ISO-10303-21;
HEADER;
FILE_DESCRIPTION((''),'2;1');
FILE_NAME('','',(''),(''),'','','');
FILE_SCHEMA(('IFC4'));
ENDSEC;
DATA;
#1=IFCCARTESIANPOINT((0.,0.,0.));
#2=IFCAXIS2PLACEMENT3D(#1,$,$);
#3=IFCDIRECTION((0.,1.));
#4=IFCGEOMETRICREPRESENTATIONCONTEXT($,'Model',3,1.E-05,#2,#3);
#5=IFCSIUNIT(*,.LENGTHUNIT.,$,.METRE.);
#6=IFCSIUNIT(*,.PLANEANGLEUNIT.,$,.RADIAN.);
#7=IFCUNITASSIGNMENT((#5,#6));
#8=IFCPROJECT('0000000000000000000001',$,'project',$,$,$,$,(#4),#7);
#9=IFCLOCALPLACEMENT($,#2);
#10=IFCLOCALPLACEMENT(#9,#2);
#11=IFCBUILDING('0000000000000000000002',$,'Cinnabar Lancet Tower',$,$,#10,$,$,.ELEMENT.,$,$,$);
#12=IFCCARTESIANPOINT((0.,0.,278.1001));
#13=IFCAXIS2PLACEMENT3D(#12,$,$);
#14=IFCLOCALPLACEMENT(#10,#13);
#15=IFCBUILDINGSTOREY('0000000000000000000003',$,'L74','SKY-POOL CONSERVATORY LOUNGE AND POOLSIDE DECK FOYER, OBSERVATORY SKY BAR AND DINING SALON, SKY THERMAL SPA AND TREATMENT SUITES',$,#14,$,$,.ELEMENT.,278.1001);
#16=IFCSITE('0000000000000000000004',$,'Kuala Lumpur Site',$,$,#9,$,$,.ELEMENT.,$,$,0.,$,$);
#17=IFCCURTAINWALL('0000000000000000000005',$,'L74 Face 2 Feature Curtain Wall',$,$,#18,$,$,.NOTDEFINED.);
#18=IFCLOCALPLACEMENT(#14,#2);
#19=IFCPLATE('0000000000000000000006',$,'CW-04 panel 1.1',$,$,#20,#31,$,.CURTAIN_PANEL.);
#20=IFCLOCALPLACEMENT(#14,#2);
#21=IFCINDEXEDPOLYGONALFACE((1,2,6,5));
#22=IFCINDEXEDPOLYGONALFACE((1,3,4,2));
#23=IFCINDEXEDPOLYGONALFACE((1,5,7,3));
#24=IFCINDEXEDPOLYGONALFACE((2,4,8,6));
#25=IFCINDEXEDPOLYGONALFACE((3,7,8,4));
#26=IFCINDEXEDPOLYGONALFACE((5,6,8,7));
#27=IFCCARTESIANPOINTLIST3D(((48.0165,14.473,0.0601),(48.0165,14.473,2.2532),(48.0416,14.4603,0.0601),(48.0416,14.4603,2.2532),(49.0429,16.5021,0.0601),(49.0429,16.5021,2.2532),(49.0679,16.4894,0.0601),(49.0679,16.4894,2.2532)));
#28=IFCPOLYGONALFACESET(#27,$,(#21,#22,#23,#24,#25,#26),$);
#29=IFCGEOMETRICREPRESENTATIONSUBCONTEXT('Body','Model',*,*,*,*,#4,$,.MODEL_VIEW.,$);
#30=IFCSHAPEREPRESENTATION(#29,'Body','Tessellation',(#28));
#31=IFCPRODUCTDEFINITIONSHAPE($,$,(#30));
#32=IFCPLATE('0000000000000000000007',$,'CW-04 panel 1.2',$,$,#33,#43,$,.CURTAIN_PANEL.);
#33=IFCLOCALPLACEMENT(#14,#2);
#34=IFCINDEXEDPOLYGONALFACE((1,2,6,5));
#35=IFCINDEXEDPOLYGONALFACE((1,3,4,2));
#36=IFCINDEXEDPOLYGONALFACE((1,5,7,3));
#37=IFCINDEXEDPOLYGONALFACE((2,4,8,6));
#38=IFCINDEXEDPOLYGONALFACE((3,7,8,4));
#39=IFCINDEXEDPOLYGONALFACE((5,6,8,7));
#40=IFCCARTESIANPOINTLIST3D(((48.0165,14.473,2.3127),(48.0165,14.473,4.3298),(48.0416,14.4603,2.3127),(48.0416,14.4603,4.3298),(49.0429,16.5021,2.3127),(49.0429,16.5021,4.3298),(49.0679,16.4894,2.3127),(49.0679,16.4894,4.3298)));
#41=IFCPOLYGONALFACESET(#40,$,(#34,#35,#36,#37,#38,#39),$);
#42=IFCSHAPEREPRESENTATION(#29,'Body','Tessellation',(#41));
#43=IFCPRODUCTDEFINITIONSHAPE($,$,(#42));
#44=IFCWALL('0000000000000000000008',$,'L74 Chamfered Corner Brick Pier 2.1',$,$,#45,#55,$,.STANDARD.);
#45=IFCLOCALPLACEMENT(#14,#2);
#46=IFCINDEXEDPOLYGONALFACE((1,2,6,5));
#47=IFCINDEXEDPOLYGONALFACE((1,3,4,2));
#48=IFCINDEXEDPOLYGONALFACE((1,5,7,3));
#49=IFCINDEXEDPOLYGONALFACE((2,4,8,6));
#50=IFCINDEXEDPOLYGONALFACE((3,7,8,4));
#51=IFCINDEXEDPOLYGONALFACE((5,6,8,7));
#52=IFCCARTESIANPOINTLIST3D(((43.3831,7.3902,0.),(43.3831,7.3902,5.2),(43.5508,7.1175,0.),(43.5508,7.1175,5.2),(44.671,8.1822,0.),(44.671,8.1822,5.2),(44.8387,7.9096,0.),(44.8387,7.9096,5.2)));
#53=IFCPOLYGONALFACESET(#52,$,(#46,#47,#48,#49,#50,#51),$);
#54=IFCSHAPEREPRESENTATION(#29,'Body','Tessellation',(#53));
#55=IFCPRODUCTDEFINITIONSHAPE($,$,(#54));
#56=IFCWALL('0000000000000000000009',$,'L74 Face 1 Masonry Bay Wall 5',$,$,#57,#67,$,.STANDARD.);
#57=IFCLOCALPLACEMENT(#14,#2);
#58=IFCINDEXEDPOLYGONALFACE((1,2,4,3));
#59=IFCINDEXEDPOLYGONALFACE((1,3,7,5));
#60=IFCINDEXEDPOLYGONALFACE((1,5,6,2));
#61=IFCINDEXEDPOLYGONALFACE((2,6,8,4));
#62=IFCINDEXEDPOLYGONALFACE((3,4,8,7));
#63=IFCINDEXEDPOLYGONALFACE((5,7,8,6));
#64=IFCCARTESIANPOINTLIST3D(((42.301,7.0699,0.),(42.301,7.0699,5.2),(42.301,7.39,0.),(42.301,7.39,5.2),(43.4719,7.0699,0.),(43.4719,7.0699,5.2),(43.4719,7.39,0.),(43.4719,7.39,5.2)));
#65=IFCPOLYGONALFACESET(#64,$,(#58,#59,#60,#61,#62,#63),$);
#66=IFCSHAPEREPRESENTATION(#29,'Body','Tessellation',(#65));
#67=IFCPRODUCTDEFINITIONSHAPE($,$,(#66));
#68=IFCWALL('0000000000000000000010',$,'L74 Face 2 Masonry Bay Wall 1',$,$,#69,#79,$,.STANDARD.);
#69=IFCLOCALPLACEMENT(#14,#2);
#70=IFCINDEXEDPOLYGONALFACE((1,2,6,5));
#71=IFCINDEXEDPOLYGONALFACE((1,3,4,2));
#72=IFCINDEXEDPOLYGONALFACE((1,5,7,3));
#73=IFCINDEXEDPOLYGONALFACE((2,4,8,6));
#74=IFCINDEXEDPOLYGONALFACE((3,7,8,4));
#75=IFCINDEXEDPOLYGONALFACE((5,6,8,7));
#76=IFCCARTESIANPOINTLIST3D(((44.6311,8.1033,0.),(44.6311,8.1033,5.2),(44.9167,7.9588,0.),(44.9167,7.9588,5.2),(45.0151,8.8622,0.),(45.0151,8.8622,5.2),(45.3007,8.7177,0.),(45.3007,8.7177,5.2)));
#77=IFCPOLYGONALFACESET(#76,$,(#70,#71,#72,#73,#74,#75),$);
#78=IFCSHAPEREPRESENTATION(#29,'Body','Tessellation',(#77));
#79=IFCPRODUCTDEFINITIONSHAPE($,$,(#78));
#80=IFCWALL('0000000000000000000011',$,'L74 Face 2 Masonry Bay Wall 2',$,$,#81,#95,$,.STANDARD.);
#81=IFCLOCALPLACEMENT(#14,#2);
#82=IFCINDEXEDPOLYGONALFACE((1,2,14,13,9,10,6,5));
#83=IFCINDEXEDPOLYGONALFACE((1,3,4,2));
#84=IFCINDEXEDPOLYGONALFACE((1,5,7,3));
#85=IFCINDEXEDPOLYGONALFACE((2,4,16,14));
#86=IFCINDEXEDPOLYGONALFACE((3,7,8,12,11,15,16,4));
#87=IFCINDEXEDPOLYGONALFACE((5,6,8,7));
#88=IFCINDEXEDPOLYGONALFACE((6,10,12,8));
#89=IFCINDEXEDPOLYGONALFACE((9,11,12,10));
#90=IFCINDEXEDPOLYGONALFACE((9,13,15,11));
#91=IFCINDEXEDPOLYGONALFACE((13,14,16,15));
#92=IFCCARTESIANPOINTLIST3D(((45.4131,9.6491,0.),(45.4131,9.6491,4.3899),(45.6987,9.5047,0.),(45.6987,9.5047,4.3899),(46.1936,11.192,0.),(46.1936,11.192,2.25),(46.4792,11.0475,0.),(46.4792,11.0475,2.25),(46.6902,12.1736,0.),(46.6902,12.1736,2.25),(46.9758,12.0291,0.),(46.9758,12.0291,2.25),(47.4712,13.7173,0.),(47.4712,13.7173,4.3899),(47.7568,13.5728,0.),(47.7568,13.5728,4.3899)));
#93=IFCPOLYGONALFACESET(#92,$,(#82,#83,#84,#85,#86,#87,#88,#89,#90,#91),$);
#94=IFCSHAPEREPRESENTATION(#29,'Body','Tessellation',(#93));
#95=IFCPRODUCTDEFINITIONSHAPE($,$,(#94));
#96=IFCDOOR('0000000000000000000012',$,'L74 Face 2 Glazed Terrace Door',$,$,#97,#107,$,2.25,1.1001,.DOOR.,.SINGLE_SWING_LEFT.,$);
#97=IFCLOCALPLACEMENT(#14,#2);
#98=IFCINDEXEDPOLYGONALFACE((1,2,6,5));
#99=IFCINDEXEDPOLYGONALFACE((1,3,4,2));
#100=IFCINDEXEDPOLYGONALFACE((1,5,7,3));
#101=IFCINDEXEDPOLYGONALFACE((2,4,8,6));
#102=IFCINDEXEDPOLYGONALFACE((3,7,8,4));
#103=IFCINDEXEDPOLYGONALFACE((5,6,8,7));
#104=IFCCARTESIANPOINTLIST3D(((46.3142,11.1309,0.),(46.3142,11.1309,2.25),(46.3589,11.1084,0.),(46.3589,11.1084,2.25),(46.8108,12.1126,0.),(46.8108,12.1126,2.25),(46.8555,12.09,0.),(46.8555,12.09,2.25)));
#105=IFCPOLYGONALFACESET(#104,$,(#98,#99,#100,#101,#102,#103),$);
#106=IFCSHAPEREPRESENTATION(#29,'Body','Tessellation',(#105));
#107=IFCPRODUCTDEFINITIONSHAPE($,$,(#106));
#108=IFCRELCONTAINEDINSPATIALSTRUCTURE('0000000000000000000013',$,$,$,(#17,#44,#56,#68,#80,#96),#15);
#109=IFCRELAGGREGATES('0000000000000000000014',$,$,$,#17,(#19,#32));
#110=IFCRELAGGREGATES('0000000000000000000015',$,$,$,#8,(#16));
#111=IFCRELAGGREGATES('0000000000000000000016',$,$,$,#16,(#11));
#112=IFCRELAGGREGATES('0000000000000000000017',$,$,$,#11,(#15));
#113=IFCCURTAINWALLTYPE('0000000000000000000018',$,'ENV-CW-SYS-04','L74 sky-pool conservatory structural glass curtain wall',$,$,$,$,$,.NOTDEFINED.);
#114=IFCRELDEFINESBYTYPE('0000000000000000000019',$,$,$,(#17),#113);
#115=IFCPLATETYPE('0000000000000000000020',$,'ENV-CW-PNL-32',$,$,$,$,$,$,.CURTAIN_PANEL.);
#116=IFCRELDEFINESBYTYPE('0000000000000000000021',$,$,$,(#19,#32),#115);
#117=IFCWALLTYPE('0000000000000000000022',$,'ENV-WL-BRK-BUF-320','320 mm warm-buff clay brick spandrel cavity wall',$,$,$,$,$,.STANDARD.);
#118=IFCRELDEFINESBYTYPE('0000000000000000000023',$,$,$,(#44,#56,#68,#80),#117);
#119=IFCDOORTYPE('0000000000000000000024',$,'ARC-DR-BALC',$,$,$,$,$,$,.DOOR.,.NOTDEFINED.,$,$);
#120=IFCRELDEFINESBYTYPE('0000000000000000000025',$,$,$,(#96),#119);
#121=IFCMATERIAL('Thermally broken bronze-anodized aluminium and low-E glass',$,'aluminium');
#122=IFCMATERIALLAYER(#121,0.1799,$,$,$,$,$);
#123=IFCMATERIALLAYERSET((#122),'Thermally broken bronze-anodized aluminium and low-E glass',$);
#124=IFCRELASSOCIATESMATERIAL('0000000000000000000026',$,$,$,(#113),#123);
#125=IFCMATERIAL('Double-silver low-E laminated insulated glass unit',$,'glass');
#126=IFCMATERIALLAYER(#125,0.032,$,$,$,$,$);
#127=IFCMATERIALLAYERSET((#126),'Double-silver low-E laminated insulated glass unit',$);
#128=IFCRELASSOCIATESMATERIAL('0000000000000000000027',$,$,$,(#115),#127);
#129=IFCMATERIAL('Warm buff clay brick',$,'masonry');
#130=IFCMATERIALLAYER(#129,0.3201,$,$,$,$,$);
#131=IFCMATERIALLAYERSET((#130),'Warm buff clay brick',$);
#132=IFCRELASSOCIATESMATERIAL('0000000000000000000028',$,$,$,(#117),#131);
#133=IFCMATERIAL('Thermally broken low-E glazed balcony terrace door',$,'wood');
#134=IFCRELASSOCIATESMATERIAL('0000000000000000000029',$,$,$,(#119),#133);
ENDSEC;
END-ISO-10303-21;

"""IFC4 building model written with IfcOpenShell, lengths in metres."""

from ifc_helpers import new_model, si_unit, direction, frame, frame_2d, origin, origin_2d, place, context, subcontext, project, spatial, rectangle, extrude, material, layer, layer_set, type_object, element, fill, aggregate, save


model = new_model("IFC4")

# Units and contexts
model_context = context("Model", 3, precision=1e-05, world=origin(), true_north=direction((0.0, 1.0)))
body_context = subcontext(model_context, "Body", "Model", "MODEL_VIEW")
ifc_project = project(units=[si_unit("LENGTHUNIT", "METRE"), si_unit("PLANEANGLEUNIT", "RADIAN")], contexts=[model_context])

# Site, building, storey
site_placement = place(None, origin())
site = spatial("IfcSite", under=ifc_project, at=site_placement, Name="Kuala Lumpur Site", CompositionType="ELEMENT", RefElevation=0.0)
building_placement = place(site_placement, origin())
building = spatial("IfcBuilding", under=site, at=building_placement, Name="Cinnabar Lancet Tower", CompositionType="ELEMENT")
storey_placement = place(building_placement, frame((0.0, 0.0, 278.1001)))
storey = spatial("IfcBuildingStorey", under=building, at=storey_placement, Name="L74", Description="SKY-POOL CONSERVATORY LOUNGE AND POOLSIDE DECK FOYER, OBSERVATORY SKY BAR AND DINING SALON, SKY THERMAL SPA AND TREATMENT SUITES", CompositionType="ELEMENT", Elevation=278.1001)

# Curtain wall
ifc_material_1 = material(Name="Thermally broken bronze-anodized aluminium and low-E glass", Category="aluminium")
ifc_layer_1 = layer(ifc_material_1, 0.1799)
ifc_layer_set_1 = layer_set([ifc_layer_1], Name="Thermally broken bronze-anodized aluminium and low-E glass")
curtain_wall_type = type_object("IfcCurtainWallType", Name="ENV-CW-SYS-04", Description="L74 sky-pool conservatory structural glass curtain wall", PredefinedType="NOTDEFINED", material=ifc_layer_set_1)
curtain_wall_placement = place(storey_placement, origin())
curtain_wall = element("IfcCurtainWall", 1, at=curtain_wall_placement, inside=storey, type_object=curtain_wall_type, Name="L74 Face 2 Feature Curtain Wall", PredefinedType="NOTDEFINED")

# Plates
ifc_material_2 = material(Name="Double-silver low-E laminated insulated glass unit", Category="glass")
ifc_layer_2 = layer(ifc_material_2, 0.032)
ifc_layer_set_2 = layer_set([ifc_layer_2], Name="Double-silver low-E laminated insulated glass unit")
plate_type = type_object("IfcPlateType", Name="ENV-CW-PNL-32", PredefinedType="CURTAIN_PANEL", material=ifc_layer_set_2)
plate_1_placement = place(storey_placement, frame((48.5422, 15.4812, 0.0601), z_axis=(0.0, 0.0, 1.0), x_axis=(0.451354, 0.892345, 0.0)))
plate_1 = element("IfcPlate", 2, at=plate_1_placement, type_object=plate_type, Name="CW-04 panel 1.1", PredefinedType="CURTAIN_PANEL", context=body_context, shape_type="SweptSolid", body=[
    extrude(rectangle(XDim=2.2739, YDim=0.0281, at=origin_2d()), origin(), (0.0, 0.0, 1.0), 2.1931),
])
plate_2_placement = place(storey_placement, frame((48.5422, 15.4812, 2.3127), z_axis=(0.0, 0.0, 1.0), x_axis=(0.451354, 0.892345, 0.0)))
plate_2 = element("IfcPlate", 3, at=plate_2_placement, type_object=plate_type, Name="CW-04 panel 1.2", PredefinedType="CURTAIN_PANEL", context=body_context, shape_type="SweptSolid", body=[
    extrude(rectangle(XDim=2.2739, YDim=0.0281, at=origin_2d()), origin(), (0.0, 0.0, 1.0), 2.0171),
])
aggregate(curtain_wall, [plate_1, plate_2])

# Walls
ifc_material_3 = material(Name="Warm buff clay brick", Category="masonry")
ifc_layer_3 = layer(ifc_material_3, 0.3201)
ifc_layer_set_3 = layer_set([ifc_layer_3], Name="Warm buff clay brick")
wall_type = type_object("IfcWallType", Name="ENV-WL-BRK-BUF-320", Description="320 mm warm-buff clay brick spandrel cavity wall", PredefinedType="STANDARD", material=ifc_layer_set_3)
wall_1_placement = place(storey_placement, frame((43.467, 7.2539, 0.0), z_axis=(0.0, 0.0, 1.0), x_axis=(0.851814, 0.523845, 0.0)))
element("IfcWall", 4, at=wall_1_placement, inside=storey, type_object=wall_type, Name="L74 Chamfered Corner Brick Pier 2.1", PredefinedType="STANDARD", context=body_context, shape_type="SweptSolid", body=[
    extrude(rectangle(XDim=1.512, YDim=0.3201, at=frame_2d((0.7559, 0.0))), origin(), (0.0, 0.0, 1.0), 5.2),
])
wall_2_placement = place(storey_placement, frame((42.301, 7.23, 0.0), z_axis=(0.0, 0.0, 1.0), x_axis=(1.0, 0.0, 0.0)))
element("IfcWall", 5, at=wall_2_placement, inside=storey, type_object=wall_type, Name="L74 Face 1 Masonry Bay Wall 5", PredefinedType="STANDARD", context=body_context, shape_type="SweptSolid", body=[
    extrude(rectangle(XDim=1.1709, YDim=0.3201, at=frame_2d((0.5854, 0.0))), origin(), (0.0, 0.0, 1.0), 5.2),
])
wall_3_placement = place(storey_placement, frame((44.7739, 8.031, 0.0), z_axis=(0.0, 0.0, 1.0), x_axis=(0.451456, 0.892293, 0.0)))
element("IfcWall", 6, at=wall_3_placement, inside=storey, type_object=wall_type, Name="L74 Face 2 Masonry Bay Wall 1", PredefinedType="STANDARD", context=body_context, shape_type="SweptSolid", body=[
    extrude(rectangle(XDim=0.8506, YDim=0.3201, at=frame_2d((0.4253, 0.0))), origin(), (0.0, 0.0, 1.0), 5.2),
])

# Wall, opening, door
wall_4_placement = place(storey_placement, frame((45.5559, 9.5769, 0.0), z_axis=(0.0, 0.0, 1.0), x_axis=(0.451428, 0.892307, 0.0)))
wall_4 = element("IfcWall", 7, at=wall_4_placement, inside=storey, type_object=wall_type, Name="L74 Face 2 Masonry Bay Wall 2", PredefinedType="STANDARD", context=body_context, shape_type="SweptSolid", body=[
    extrude(rectangle(XDim=4.5591, YDim=0.3201, at=frame_2d((2.2795, 0.0))), origin(), (0.0, 0.0, 1.0), 4.3899),
])
opening_placement = place(wall_4_placement, frame((1.729, 0.0, 0.0)))
opening = element("IfcOpeningElement", 8, at=opening_placement, cuts=wall_4, PredefinedType="OPENING", context=body_context, shape_type="SweptSolid", body=[
    extrude(rectangle(XDim=1.1001, YDim=2.25, at=frame_2d((0.55, 1.125))), frame((0.0, 0.1699, 0.0), z_axis=(0.0, -1.0, 0.0), x_axis=(1.0, 0.0, 0.0)), (0.0, 0.0, 1.0), 0.3401),
])
ifc_material_4 = material(Name="Thermally broken low-E glazed balcony terrace door", Category="wood")
door_type = type_object("IfcDoorType", Name="ARC-DR-BALC", OperationType="NOTDEFINED", PredefinedType="DOOR", material=ifc_material_4)
door_placement = place(opening_placement, origin())
door = element("IfcDoor", 9, at=door_placement, inside=storey, type_object=door_type, Name="L74 Face 2 Glazed Terrace Door", OperationType="SINGLE_SWING_LEFT", OverallHeight=2.25, OverallWidth=1.1001, PredefinedType="DOOR", context=body_context, shape_type="SweptSolid", body=[
    extrude(rectangle(XDim=1.1001, YDim=2.25, at=frame_2d((0.55, 1.125))), frame((0.0, 0.0249, 0.0), z_axis=(0.0, -1.0, 0.0), x_axis=(1.0, 0.0, 0.0)), (0.0, 0.0, 1.0), 0.05),
])
fill(opening, door)

save(model, "model.ifc")
